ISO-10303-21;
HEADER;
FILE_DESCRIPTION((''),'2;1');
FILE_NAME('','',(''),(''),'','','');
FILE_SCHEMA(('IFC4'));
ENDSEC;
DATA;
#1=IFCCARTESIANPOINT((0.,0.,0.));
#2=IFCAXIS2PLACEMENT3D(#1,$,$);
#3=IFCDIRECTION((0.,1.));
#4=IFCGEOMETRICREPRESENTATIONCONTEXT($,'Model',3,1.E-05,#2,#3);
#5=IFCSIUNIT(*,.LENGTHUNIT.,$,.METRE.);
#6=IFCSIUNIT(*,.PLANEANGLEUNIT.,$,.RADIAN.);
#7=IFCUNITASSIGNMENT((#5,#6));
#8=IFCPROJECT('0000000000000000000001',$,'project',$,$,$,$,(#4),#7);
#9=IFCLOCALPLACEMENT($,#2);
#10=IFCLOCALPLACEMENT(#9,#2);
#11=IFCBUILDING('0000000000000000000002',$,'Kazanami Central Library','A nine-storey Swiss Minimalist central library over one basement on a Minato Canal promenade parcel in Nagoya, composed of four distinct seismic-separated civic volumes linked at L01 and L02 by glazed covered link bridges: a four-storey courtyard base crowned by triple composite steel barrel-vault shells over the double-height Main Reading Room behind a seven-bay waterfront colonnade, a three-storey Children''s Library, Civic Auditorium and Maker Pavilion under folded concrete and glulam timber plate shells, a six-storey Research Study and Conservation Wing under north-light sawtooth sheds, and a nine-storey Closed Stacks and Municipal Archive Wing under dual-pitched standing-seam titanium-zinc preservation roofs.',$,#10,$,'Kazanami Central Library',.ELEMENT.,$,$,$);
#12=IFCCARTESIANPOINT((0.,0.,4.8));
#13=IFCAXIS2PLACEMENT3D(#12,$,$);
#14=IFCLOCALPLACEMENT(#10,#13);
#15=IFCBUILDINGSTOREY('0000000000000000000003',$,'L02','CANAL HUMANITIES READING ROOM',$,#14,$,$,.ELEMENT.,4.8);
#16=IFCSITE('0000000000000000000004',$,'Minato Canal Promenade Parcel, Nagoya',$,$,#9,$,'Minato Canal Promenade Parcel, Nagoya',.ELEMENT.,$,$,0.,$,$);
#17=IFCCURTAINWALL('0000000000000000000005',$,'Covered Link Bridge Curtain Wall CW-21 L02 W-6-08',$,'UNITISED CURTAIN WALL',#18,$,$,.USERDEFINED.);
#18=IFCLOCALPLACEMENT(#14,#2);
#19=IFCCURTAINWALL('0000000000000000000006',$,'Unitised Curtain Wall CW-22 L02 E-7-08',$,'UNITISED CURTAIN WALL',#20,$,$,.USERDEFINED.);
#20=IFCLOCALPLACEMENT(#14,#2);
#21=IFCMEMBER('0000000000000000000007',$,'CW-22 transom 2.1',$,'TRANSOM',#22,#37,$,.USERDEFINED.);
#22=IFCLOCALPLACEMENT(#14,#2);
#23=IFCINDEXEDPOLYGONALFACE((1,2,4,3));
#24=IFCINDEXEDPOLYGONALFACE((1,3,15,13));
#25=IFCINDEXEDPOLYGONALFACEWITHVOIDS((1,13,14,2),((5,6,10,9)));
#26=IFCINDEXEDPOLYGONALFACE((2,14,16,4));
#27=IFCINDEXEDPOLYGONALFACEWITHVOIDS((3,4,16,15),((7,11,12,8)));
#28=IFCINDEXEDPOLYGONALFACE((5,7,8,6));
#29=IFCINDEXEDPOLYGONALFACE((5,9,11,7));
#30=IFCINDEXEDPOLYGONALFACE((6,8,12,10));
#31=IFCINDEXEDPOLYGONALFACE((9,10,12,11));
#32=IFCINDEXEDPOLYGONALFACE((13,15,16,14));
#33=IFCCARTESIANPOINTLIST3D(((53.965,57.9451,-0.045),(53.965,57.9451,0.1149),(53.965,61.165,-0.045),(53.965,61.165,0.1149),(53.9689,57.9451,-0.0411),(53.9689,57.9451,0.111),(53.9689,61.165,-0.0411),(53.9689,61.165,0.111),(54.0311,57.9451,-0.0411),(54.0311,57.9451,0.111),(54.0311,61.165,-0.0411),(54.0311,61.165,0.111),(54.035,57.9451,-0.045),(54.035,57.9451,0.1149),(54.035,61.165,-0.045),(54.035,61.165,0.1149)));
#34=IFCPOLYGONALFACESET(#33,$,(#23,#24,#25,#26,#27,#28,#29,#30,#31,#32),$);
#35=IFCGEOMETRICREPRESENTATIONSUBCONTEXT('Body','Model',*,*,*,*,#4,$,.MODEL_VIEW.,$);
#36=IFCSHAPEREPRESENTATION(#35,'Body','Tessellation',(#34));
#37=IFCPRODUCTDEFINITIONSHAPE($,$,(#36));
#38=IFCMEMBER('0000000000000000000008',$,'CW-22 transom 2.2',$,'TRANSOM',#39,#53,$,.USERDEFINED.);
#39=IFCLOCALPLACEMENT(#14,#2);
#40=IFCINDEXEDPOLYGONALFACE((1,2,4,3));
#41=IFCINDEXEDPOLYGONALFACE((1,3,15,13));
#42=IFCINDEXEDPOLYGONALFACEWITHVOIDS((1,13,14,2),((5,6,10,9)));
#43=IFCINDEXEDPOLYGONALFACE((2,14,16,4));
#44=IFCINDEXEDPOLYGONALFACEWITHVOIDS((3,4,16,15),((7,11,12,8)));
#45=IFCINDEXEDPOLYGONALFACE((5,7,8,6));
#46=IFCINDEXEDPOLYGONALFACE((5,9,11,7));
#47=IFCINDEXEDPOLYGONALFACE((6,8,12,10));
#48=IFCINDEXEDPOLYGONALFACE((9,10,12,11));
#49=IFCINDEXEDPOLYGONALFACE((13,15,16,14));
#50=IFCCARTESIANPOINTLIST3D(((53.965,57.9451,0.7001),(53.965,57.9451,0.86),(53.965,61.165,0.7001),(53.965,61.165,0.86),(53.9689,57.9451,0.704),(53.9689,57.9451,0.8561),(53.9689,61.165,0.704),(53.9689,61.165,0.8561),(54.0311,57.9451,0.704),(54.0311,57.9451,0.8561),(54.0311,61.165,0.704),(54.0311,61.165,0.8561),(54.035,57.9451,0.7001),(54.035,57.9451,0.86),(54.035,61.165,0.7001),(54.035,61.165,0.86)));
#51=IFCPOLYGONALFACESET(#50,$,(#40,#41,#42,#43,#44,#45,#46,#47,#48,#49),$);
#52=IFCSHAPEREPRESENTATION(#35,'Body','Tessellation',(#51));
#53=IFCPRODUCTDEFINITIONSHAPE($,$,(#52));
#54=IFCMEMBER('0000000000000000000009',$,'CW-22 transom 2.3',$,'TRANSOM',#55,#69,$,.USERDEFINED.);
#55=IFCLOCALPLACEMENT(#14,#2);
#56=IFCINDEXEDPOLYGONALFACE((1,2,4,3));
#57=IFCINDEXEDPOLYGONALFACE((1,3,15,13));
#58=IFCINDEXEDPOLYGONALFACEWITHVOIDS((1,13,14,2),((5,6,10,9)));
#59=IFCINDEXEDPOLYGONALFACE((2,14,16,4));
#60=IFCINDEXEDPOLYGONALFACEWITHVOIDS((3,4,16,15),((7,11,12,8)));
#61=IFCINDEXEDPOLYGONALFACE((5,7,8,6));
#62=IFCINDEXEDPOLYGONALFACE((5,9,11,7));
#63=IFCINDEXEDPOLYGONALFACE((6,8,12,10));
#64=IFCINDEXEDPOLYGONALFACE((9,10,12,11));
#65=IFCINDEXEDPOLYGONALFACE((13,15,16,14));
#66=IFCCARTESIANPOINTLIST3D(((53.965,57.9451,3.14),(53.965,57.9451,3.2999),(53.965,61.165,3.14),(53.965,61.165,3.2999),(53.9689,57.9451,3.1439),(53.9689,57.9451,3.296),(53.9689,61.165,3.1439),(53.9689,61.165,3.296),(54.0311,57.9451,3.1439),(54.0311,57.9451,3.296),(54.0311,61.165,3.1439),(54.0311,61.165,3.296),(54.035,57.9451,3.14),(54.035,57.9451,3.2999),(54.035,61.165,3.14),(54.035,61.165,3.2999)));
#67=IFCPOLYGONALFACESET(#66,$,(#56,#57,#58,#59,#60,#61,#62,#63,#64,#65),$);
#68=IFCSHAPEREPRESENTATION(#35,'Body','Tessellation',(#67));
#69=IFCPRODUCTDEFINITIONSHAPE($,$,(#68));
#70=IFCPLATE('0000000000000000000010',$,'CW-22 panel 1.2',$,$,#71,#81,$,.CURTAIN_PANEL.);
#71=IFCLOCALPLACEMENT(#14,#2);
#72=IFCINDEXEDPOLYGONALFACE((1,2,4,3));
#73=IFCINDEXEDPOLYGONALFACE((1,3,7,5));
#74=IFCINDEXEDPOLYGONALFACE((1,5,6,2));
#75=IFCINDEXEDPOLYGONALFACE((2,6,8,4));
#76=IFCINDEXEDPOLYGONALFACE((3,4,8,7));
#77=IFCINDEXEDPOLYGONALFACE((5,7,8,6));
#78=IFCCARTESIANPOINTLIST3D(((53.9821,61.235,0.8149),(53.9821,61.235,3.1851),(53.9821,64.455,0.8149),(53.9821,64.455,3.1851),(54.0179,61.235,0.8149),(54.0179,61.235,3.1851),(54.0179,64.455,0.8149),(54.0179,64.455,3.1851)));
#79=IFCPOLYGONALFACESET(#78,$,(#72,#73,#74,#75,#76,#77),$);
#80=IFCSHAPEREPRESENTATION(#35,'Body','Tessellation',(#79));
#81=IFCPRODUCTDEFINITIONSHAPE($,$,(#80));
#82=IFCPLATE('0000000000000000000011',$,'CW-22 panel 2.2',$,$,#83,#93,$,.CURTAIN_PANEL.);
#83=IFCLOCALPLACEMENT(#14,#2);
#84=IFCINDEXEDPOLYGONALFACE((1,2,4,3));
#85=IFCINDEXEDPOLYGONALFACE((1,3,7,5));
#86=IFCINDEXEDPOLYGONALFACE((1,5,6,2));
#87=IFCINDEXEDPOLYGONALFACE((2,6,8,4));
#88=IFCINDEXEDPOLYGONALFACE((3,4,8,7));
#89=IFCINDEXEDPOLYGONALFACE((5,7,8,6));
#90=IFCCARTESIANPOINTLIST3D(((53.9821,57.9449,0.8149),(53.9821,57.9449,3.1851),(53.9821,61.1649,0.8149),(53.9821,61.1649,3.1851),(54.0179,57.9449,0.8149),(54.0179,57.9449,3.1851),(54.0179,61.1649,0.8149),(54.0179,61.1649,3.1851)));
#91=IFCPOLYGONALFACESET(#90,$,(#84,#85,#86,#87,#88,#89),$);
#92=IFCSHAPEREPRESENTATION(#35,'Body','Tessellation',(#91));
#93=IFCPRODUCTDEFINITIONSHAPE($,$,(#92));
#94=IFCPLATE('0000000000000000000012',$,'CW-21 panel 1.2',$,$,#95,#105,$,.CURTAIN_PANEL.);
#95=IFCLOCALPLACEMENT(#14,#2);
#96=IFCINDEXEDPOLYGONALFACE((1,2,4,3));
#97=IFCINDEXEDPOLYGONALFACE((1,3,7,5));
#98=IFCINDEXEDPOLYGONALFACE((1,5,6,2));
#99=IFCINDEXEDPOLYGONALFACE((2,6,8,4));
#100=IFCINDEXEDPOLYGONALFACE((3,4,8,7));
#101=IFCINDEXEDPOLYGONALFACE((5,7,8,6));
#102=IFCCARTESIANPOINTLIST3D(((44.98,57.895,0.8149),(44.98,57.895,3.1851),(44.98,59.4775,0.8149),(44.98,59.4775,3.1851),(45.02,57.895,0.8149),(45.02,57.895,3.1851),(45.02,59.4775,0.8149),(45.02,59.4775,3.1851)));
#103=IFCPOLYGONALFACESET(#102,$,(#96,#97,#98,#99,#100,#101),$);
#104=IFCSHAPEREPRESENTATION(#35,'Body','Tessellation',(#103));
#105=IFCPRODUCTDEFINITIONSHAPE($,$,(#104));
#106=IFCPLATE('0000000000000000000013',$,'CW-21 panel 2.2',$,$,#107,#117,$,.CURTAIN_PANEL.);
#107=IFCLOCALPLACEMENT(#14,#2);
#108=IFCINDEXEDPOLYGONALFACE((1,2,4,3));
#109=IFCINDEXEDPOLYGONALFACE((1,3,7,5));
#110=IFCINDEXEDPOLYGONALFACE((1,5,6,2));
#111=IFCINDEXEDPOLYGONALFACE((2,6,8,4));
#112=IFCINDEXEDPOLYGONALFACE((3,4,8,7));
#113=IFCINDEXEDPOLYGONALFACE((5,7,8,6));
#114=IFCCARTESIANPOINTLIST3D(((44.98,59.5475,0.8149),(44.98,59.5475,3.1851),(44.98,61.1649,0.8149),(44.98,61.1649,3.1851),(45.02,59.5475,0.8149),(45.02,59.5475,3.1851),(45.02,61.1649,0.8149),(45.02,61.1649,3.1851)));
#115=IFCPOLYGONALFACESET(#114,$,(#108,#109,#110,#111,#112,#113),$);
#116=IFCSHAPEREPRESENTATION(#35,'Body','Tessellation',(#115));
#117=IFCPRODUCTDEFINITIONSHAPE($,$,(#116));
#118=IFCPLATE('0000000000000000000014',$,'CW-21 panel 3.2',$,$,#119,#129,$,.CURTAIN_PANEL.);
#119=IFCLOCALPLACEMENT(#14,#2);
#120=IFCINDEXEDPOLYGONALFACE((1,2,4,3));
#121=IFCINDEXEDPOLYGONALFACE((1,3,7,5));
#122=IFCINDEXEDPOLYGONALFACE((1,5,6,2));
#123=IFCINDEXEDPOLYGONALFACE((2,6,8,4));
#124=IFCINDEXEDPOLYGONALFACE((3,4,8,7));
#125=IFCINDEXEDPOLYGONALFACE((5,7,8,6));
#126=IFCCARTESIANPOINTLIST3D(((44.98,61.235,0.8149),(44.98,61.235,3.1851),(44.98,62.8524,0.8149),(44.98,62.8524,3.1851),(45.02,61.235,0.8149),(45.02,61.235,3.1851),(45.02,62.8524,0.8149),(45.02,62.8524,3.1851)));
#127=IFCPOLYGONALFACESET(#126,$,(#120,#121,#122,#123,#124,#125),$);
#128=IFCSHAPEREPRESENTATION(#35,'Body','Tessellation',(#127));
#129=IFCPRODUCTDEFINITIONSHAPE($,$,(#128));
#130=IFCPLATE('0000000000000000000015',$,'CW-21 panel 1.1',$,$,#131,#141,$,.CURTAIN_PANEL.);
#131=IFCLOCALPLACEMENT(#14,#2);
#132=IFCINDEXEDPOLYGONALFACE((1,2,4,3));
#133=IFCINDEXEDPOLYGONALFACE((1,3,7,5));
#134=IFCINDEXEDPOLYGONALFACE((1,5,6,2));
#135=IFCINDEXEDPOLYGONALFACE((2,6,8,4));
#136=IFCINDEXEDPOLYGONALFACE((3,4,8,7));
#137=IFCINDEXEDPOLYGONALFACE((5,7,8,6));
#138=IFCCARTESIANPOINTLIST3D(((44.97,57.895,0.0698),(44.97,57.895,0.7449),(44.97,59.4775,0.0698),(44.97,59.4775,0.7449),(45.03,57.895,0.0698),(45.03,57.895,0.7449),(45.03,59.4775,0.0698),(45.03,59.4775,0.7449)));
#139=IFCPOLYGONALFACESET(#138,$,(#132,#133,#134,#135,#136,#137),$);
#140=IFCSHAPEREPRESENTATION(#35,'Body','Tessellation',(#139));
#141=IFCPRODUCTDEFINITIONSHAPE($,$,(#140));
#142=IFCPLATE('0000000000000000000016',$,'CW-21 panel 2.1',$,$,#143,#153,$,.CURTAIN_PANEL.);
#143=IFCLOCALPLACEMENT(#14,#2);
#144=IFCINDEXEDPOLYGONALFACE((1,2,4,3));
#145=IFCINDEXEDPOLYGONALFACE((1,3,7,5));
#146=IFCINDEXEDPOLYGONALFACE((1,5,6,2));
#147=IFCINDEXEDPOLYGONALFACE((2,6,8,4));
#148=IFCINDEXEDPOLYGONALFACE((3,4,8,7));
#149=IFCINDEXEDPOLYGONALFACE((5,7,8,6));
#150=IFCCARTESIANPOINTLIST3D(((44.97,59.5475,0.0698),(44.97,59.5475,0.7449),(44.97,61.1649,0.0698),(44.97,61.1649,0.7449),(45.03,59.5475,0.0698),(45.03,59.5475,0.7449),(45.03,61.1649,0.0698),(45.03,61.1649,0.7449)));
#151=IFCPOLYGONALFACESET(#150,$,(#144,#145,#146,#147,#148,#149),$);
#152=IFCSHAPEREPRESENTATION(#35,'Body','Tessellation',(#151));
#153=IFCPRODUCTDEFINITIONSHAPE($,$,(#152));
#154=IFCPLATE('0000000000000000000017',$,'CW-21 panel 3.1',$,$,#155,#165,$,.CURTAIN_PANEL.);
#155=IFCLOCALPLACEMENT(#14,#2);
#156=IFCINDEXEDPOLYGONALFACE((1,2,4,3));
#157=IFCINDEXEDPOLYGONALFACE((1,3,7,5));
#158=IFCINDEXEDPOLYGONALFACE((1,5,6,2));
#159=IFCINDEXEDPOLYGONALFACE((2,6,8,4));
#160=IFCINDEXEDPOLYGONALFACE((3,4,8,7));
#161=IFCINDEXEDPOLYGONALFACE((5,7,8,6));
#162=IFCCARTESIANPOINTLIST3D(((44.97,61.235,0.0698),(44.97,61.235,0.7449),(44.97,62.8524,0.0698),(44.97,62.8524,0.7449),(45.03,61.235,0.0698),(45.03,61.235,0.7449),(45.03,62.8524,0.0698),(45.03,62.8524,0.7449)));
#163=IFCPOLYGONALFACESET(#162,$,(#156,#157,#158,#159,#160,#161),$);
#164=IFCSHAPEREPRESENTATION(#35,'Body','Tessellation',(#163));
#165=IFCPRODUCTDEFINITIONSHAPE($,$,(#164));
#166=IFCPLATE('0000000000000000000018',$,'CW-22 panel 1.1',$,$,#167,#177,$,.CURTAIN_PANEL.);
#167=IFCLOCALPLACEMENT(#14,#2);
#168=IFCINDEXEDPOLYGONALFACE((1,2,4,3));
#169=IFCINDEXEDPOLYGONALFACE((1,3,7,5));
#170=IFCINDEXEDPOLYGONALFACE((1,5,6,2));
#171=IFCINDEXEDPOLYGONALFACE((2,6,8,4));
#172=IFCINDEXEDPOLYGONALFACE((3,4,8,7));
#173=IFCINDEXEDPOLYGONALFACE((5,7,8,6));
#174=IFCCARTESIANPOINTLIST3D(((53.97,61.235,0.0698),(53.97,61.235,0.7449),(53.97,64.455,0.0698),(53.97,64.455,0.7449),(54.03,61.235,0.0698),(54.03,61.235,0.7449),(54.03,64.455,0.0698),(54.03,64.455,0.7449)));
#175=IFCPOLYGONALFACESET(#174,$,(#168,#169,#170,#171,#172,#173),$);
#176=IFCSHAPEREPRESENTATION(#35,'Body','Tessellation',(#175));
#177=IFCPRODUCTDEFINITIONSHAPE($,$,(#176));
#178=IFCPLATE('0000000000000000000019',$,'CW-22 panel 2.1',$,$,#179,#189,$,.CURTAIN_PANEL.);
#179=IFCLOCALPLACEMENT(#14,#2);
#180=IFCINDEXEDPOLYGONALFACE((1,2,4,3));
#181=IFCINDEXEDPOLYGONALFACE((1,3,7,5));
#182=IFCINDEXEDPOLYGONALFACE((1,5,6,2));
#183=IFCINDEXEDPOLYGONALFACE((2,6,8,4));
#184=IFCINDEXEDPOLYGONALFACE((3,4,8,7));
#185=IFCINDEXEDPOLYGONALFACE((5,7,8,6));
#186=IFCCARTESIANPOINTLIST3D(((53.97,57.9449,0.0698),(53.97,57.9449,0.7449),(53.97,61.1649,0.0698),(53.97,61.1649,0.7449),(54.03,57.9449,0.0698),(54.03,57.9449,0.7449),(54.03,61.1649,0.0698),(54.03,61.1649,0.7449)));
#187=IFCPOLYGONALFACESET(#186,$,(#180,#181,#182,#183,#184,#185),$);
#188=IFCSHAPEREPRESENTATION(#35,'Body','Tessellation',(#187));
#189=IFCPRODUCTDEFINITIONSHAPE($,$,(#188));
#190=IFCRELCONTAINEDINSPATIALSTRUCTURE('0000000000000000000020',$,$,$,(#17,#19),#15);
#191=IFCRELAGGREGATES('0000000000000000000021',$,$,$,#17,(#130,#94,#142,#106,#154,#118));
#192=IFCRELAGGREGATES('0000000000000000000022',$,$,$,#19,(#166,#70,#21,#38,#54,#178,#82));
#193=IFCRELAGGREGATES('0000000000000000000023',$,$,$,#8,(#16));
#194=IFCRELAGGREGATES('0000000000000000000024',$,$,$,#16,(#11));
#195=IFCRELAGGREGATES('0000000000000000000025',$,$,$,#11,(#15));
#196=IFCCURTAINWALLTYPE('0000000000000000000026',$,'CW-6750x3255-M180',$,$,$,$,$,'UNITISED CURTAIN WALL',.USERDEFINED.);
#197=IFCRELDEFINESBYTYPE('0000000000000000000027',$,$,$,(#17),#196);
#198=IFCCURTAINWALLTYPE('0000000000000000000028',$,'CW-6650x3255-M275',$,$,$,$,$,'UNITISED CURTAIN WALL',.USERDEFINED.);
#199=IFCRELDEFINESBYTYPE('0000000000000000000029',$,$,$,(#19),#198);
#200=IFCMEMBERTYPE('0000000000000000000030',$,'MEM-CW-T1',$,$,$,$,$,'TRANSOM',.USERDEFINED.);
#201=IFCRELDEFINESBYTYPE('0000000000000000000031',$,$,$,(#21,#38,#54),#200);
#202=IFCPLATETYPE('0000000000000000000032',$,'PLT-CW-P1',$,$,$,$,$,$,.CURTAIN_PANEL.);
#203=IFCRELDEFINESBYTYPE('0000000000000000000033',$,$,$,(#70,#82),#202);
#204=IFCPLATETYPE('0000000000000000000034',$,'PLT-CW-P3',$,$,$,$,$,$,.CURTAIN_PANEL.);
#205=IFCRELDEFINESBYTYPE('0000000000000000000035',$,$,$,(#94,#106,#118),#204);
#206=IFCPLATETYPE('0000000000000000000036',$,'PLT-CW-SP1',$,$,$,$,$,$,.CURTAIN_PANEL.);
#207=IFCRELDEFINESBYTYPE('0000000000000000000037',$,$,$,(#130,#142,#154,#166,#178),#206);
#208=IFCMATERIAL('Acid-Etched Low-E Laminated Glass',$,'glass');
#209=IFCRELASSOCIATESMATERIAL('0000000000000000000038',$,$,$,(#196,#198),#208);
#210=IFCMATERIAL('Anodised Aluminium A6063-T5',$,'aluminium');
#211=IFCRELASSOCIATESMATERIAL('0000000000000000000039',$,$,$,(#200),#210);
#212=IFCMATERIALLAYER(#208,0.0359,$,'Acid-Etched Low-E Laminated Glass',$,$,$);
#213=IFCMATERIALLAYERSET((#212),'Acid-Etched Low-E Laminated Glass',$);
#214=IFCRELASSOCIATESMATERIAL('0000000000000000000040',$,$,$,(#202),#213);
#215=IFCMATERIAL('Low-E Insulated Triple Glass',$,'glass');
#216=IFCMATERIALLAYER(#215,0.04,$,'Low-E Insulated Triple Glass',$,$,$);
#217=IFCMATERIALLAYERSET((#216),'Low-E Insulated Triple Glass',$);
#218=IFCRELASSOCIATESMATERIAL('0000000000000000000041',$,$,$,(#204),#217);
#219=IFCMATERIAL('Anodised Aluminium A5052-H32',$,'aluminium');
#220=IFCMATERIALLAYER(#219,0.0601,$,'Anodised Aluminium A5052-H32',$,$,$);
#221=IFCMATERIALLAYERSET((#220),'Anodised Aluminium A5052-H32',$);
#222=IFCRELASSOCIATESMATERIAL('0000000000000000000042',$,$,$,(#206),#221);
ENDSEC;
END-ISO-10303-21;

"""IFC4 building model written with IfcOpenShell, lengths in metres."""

from ifc_helpers import new_model, si_unit, direction, frame, origin, origin_2d, place, context, subcontext, project, spatial, rectangle, hollow_rectangle, extrude, material, layer, layer_set, material_profile, profile_set, type_object, element, aggregate, save


model = new_model("IFC4")

# Units and contexts
model_context = context("Model", 3, precision=1e-05, world=origin(), true_north=direction((0.0, 1.0)))
body_context = subcontext(model_context, "Body", "Model", "MODEL_VIEW")
ifc_project = project(units=[si_unit("LENGTHUNIT", "METRE"), si_unit("PLANEANGLEUNIT", "RADIAN")], contexts=[model_context])

# Site, building, storey
site_placement = place(None, origin())
site = spatial("IfcSite", under=ifc_project, at=site_placement, Name="Minato Canal Promenade Parcel, Nagoya", LongName="Minato Canal Promenade Parcel, Nagoya", CompositionType="ELEMENT", RefElevation=0.0)
building_placement = place(site_placement, origin())
building = spatial("IfcBuilding", under=site, at=building_placement, Name="Kazanami Central Library", Description="A nine-storey Swiss Minimalist central library over one basement on a Minato Canal promenade parcel in Nagoya, composed of four distinct seismic-separated civic volumes linked at L01 and L02 by glazed covered link bridges: a four-storey courtyard base crowned by triple composite steel barrel-vault shells over the double-height Main Reading Room behind a seven-bay waterfront colonnade, a three-storey Children's Library, Civic Auditorium and Maker Pavilion under folded concrete and glulam timber plate shells, a six-storey Research Study and Conservation Wing under north-light sawtooth sheds, and a nine-storey Closed Stacks and Municipal Archive Wing under dual-pitched standing-seam titanium-zinc preservation roofs.", LongName="Kazanami Central Library", CompositionType="ELEMENT")
storey_placement = place(building_placement, frame((0.0, 0.0, 4.8)))
storey = spatial("IfcBuildingStorey", under=building, at=storey_placement, Name="L02", Description="CANAL HUMANITIES READING ROOM", CompositionType="ELEMENT", Elevation=4.8)

# Curtain walls
ifc_material_1 = material(Name="Acid-Etched Low-E Laminated Glass", Category="glass")
curtain_wall_type_1 = type_object("IfcCurtainWallType", Name="CW-6750x3255-M180", ElementType="UNITISED CURTAIN WALL", PredefinedType="USERDEFINED", material=ifc_material_1)
curtain_wall_1_placement = place(storey_placement, origin())
curtain_wall_1 = element("IfcCurtainWall", 1, at=curtain_wall_1_placement, inside=storey, type_object=curtain_wall_type_1, Name="Covered Link Bridge Curtain Wall CW-21 L02 W-6-08", ObjectType="UNITISED CURTAIN WALL", PredefinedType="USERDEFINED")
ifc_material_2 = material(Name="Anodised Aluminium A6063-T5", Category="aluminium")
curtain_wall_type_2 = type_object("IfcCurtainWallType", Name="CW-6650x3255-M275", ElementType="UNITISED CURTAIN WALL", PredefinedType="USERDEFINED", material=ifc_material_1)
curtain_wall_2_placement = place(storey_placement, origin())
curtain_wall_2 = element("IfcCurtainWall", 2, at=curtain_wall_2_placement, inside=storey, type_object=curtain_wall_type_2, Name="Unitised Curtain Wall CW-22 L02 E-7-08", ObjectType="UNITISED CURTAIN WALL", PredefinedType="USERDEFINED")

# Members
ifc_material_profile_1 = material_profile(ifc_material_2, hollow_rectangle(XDim=0.0701, YDim=0.1599, WallThickness=0.0039, at=origin_2d()), Name="ALU-TRAN-70x160x4")
ifc_profile_set_1 = profile_set([ifc_material_profile_1], Name="Anodised Aluminium A6063-T5")
member_type_1 = type_object("IfcMemberType", Name="MEM-CW-T1", ElementType="TRANSOM", PredefinedType="USERDEFINED", material=ifc_profile_set_1)
member_1_placement = place(storey_placement, frame((54.0, 61.165, 0.0349), z_axis=(0.0, -1.0, 0.0), x_axis=(1.0, 0.0, 0.0)))
member_1 = element("IfcMember", 3, at=member_1_placement, type_object=member_type_1, Name="CW-22 transom 2.1", ObjectType="TRANSOM", PredefinedType="USERDEFINED", context=body_context, shape_type="SweptSolid", body=[
    extrude(hollow_rectangle(XDim=0.0701, YDim=0.1599, WallThickness=0.0039, at=origin_2d()), origin(), (0.0, 0.0, 1.0), 3.22),
])
member_2_placement = place(storey_placement, frame((54.0, 61.165, 0.78), z_axis=(0.0, -1.0, 0.0), x_axis=(1.0, 0.0, 0.0)))
member_2 = element("IfcMember", 4, at=member_2_placement, type_object=member_type_1, Name="CW-22 transom 2.2", ObjectType="TRANSOM", PredefinedType="USERDEFINED", context=body_context, shape_type="SweptSolid", body=[
    extrude(hollow_rectangle(XDim=0.0701, YDim=0.1599, WallThickness=0.0039, at=origin_2d()), origin(), (0.0, 0.0, 1.0), 3.22),
])
member_3_placement = place(storey_placement, frame((54.0, 61.165, 3.22), z_axis=(0.0, -1.0, 0.0), x_axis=(1.0, 0.0, 0.0)))
member_3 = element("IfcMember", 5, at=member_3_placement, type_object=member_type_1, Name="CW-22 transom 2.3", ObjectType="TRANSOM", PredefinedType="USERDEFINED", context=body_context, shape_type="SweptSolid", body=[
    extrude(hollow_rectangle(XDim=0.0701, YDim=0.1599, WallThickness=0.0039, at=origin_2d()), origin(), (0.0, 0.0, 1.0), 3.22),
])

# Plates
ifc_layer_1 = layer(ifc_material_1, 0.0359, Name="Acid-Etched Low-E Laminated Glass")
ifc_layer_set_1 = layer_set([ifc_layer_1], Name="Acid-Etched Low-E Laminated Glass")
plate_type_1 = type_object("IfcPlateType", Name="PLT-CW-P1", PredefinedType="CURTAIN_PANEL", material=ifc_layer_set_1)
plate_1_placement = place(storey_placement, frame((54.0, 62.845, 0.8149), z_axis=(0.0, 0.0, 1.0), x_axis=(0.0, -1.0, 0.0)))
plate_1 = element("IfcPlate", 6, at=plate_1_placement, type_object=plate_type_1, Name="CW-22 panel 1.2", PredefinedType="CURTAIN_PANEL", context=body_context, shape_type="SweptSolid", body=[
    extrude(rectangle(XDim=3.22, YDim=0.0359, at=origin_2d()), origin(), (0.0, 0.0, 1.0), 2.3701),
])
plate_2_placement = place(storey_placement, frame((54.0, 59.5549, 0.8149), z_axis=(0.0, 0.0, 1.0), x_axis=(0.0, -1.0, 0.0)))
plate_2 = element("IfcPlate", 7, at=plate_2_placement, type_object=plate_type_1, Name="CW-22 panel 2.2", PredefinedType="CURTAIN_PANEL", context=body_context, shape_type="SweptSolid", body=[
    extrude(rectangle(XDim=3.22, YDim=0.0359, at=origin_2d()), origin(), (0.0, 0.0, 1.0), 2.3701),
])
ifc_material_3 = material(Name="Low-E Insulated Triple Glass", Category="glass")
ifc_layer_2 = layer(ifc_material_3, 0.04, Name="Low-E Insulated Triple Glass")
ifc_layer_set_2 = layer_set([ifc_layer_2], Name="Low-E Insulated Triple Glass")
plate_type_2 = type_object("IfcPlateType", Name="PLT-CW-P3", PredefinedType="CURTAIN_PANEL", material=ifc_layer_set_2)
plate_3_placement = place(storey_placement, frame((45.0, 58.6863, 0.8149), z_axis=(0.0, 0.0, 1.0), x_axis=(0.0, 1.0, 0.0)))
plate_3 = element("IfcPlate", 8, at=plate_3_placement, type_object=plate_type_2, Name="CW-21 panel 1.2", PredefinedType="CURTAIN_PANEL", context=body_context, shape_type="SweptSolid", body=[
    extrude(rectangle(XDim=1.5825, YDim=0.04, at=origin_2d()), origin(), (0.0, 0.0, 1.0), 2.3701),
])
plate_4_placement = place(storey_placement, frame((45.0, 60.3562, 0.8149), z_axis=(0.0, 0.0, 1.0), x_axis=(0.0, 1.0, 0.0)))
plate_4 = element("IfcPlate", 9, at=plate_4_placement, type_object=plate_type_2, Name="CW-21 panel 2.2", PredefinedType="CURTAIN_PANEL", context=body_context, shape_type="SweptSolid", body=[
    extrude(rectangle(XDim=1.6174, YDim=0.04, at=origin_2d()), origin(), (0.0, 0.0, 1.0), 2.3701),
])
plate_5_placement = place(storey_placement, frame((45.0, 62.0437, 0.8149), z_axis=(0.0, 0.0, 1.0), x_axis=(0.0, 1.0, 0.0)))
plate_5 = element("IfcPlate", 10, at=plate_5_placement, type_object=plate_type_2, Name="CW-21 panel 3.2", PredefinedType="CURTAIN_PANEL", context=body_context, shape_type="SweptSolid", body=[
    extrude(rectangle(XDim=1.6174, YDim=0.04, at=origin_2d()), origin(), (0.0, 0.0, 1.0), 2.3701),
])
ifc_material_4 = material(Name="Anodised Aluminium A5052-H32", Category="aluminium")
ifc_layer_3 = layer(ifc_material_4, 0.0601, Name="Anodised Aluminium A5052-H32")
ifc_layer_set_3 = layer_set([ifc_layer_3], Name="Anodised Aluminium A5052-H32")
plate_type_3 = type_object("IfcPlateType", Name="PLT-CW-SP1", PredefinedType="CURTAIN_PANEL", material=ifc_layer_set_3)
plate_6_placement = place(storey_placement, frame((45.0, 58.6863, 0.0698), z_axis=(0.0, 0.0, 1.0), x_axis=(0.0, 1.0, 0.0)))
plate_6 = element("IfcPlate", 11, at=plate_6_placement, type_object=plate_type_3, Name="CW-21 panel 1.1", PredefinedType="CURTAIN_PANEL", context=body_context, shape_type="SweptSolid", body=[
    extrude(rectangle(XDim=1.5825, YDim=0.0601, at=origin_2d()), origin(), (0.0, 0.0, 1.0), 0.675),
])
plate_7_placement = place(storey_placement, frame((45.0, 60.3562, 0.0698), z_axis=(0.0, 0.0, 1.0), x_axis=(0.0, 1.0, 0.0)))
plate_7 = element("IfcPlate", 12, at=plate_7_placement, type_object=plate_type_3, Name="CW-21 panel 2.1", PredefinedType="CURTAIN_PANEL", context=body_context, shape_type="SweptSolid", body=[
    extrude(rectangle(XDim=1.6174, YDim=0.0601, at=origin_2d()), origin(), (0.0, 0.0, 1.0), 0.675),
])
plate_8_placement = place(storey_placement, frame((45.0, 62.0437, 0.0698), z_axis=(0.0, 0.0, 1.0), x_axis=(0.0, 1.0, 0.0)))
plate_8 = element("IfcPlate", 13, at=plate_8_placement, type_object=plate_type_3, Name="CW-21 panel 3.1", PredefinedType="CURTAIN_PANEL", context=body_context, shape_type="SweptSolid", body=[
    extrude(rectangle(XDim=1.6174, YDim=0.0601, at=origin_2d()), origin(), (0.0, 0.0, 1.0), 0.675),
])
aggregate(curtain_wall_1, [plate_6, plate_3, plate_7, plate_4, plate_8, plate_5])
plate_9_placement = place(storey_placement, frame((54.0, 62.845, 0.0698), z_axis=(0.0, 0.0, 1.0), x_axis=(0.0, -1.0, 0.0)))
plate_9 = element("IfcPlate", 14, at=plate_9_placement, type_object=plate_type_3, Name="CW-22 panel 1.1", PredefinedType="CURTAIN_PANEL", context=body_context, shape_type="SweptSolid", body=[
    extrude(rectangle(XDim=3.22, YDim=0.0601, at=origin_2d()), origin(), (0.0, 0.0, 1.0), 0.675),
])
plate_10_placement = place(storey_placement, frame((54.0, 59.5549, 0.0698), z_axis=(0.0, 0.0, 1.0), x_axis=(0.0, -1.0, 0.0)))
plate_10 = element("IfcPlate", 15, at=plate_10_placement, type_object=plate_type_3, Name="CW-22 panel 2.1", PredefinedType="CURTAIN_PANEL", context=body_context, shape_type="SweptSolid", body=[
    extrude(rectangle(XDim=3.22, YDim=0.0601, at=origin_2d()), origin(), (0.0, 0.0, 1.0), 0.675),
])
aggregate(curtain_wall_2, [plate_9, plate_1, member_1, member_2, member_3, plate_10, plate_2])

save(model, "model.ifc")
